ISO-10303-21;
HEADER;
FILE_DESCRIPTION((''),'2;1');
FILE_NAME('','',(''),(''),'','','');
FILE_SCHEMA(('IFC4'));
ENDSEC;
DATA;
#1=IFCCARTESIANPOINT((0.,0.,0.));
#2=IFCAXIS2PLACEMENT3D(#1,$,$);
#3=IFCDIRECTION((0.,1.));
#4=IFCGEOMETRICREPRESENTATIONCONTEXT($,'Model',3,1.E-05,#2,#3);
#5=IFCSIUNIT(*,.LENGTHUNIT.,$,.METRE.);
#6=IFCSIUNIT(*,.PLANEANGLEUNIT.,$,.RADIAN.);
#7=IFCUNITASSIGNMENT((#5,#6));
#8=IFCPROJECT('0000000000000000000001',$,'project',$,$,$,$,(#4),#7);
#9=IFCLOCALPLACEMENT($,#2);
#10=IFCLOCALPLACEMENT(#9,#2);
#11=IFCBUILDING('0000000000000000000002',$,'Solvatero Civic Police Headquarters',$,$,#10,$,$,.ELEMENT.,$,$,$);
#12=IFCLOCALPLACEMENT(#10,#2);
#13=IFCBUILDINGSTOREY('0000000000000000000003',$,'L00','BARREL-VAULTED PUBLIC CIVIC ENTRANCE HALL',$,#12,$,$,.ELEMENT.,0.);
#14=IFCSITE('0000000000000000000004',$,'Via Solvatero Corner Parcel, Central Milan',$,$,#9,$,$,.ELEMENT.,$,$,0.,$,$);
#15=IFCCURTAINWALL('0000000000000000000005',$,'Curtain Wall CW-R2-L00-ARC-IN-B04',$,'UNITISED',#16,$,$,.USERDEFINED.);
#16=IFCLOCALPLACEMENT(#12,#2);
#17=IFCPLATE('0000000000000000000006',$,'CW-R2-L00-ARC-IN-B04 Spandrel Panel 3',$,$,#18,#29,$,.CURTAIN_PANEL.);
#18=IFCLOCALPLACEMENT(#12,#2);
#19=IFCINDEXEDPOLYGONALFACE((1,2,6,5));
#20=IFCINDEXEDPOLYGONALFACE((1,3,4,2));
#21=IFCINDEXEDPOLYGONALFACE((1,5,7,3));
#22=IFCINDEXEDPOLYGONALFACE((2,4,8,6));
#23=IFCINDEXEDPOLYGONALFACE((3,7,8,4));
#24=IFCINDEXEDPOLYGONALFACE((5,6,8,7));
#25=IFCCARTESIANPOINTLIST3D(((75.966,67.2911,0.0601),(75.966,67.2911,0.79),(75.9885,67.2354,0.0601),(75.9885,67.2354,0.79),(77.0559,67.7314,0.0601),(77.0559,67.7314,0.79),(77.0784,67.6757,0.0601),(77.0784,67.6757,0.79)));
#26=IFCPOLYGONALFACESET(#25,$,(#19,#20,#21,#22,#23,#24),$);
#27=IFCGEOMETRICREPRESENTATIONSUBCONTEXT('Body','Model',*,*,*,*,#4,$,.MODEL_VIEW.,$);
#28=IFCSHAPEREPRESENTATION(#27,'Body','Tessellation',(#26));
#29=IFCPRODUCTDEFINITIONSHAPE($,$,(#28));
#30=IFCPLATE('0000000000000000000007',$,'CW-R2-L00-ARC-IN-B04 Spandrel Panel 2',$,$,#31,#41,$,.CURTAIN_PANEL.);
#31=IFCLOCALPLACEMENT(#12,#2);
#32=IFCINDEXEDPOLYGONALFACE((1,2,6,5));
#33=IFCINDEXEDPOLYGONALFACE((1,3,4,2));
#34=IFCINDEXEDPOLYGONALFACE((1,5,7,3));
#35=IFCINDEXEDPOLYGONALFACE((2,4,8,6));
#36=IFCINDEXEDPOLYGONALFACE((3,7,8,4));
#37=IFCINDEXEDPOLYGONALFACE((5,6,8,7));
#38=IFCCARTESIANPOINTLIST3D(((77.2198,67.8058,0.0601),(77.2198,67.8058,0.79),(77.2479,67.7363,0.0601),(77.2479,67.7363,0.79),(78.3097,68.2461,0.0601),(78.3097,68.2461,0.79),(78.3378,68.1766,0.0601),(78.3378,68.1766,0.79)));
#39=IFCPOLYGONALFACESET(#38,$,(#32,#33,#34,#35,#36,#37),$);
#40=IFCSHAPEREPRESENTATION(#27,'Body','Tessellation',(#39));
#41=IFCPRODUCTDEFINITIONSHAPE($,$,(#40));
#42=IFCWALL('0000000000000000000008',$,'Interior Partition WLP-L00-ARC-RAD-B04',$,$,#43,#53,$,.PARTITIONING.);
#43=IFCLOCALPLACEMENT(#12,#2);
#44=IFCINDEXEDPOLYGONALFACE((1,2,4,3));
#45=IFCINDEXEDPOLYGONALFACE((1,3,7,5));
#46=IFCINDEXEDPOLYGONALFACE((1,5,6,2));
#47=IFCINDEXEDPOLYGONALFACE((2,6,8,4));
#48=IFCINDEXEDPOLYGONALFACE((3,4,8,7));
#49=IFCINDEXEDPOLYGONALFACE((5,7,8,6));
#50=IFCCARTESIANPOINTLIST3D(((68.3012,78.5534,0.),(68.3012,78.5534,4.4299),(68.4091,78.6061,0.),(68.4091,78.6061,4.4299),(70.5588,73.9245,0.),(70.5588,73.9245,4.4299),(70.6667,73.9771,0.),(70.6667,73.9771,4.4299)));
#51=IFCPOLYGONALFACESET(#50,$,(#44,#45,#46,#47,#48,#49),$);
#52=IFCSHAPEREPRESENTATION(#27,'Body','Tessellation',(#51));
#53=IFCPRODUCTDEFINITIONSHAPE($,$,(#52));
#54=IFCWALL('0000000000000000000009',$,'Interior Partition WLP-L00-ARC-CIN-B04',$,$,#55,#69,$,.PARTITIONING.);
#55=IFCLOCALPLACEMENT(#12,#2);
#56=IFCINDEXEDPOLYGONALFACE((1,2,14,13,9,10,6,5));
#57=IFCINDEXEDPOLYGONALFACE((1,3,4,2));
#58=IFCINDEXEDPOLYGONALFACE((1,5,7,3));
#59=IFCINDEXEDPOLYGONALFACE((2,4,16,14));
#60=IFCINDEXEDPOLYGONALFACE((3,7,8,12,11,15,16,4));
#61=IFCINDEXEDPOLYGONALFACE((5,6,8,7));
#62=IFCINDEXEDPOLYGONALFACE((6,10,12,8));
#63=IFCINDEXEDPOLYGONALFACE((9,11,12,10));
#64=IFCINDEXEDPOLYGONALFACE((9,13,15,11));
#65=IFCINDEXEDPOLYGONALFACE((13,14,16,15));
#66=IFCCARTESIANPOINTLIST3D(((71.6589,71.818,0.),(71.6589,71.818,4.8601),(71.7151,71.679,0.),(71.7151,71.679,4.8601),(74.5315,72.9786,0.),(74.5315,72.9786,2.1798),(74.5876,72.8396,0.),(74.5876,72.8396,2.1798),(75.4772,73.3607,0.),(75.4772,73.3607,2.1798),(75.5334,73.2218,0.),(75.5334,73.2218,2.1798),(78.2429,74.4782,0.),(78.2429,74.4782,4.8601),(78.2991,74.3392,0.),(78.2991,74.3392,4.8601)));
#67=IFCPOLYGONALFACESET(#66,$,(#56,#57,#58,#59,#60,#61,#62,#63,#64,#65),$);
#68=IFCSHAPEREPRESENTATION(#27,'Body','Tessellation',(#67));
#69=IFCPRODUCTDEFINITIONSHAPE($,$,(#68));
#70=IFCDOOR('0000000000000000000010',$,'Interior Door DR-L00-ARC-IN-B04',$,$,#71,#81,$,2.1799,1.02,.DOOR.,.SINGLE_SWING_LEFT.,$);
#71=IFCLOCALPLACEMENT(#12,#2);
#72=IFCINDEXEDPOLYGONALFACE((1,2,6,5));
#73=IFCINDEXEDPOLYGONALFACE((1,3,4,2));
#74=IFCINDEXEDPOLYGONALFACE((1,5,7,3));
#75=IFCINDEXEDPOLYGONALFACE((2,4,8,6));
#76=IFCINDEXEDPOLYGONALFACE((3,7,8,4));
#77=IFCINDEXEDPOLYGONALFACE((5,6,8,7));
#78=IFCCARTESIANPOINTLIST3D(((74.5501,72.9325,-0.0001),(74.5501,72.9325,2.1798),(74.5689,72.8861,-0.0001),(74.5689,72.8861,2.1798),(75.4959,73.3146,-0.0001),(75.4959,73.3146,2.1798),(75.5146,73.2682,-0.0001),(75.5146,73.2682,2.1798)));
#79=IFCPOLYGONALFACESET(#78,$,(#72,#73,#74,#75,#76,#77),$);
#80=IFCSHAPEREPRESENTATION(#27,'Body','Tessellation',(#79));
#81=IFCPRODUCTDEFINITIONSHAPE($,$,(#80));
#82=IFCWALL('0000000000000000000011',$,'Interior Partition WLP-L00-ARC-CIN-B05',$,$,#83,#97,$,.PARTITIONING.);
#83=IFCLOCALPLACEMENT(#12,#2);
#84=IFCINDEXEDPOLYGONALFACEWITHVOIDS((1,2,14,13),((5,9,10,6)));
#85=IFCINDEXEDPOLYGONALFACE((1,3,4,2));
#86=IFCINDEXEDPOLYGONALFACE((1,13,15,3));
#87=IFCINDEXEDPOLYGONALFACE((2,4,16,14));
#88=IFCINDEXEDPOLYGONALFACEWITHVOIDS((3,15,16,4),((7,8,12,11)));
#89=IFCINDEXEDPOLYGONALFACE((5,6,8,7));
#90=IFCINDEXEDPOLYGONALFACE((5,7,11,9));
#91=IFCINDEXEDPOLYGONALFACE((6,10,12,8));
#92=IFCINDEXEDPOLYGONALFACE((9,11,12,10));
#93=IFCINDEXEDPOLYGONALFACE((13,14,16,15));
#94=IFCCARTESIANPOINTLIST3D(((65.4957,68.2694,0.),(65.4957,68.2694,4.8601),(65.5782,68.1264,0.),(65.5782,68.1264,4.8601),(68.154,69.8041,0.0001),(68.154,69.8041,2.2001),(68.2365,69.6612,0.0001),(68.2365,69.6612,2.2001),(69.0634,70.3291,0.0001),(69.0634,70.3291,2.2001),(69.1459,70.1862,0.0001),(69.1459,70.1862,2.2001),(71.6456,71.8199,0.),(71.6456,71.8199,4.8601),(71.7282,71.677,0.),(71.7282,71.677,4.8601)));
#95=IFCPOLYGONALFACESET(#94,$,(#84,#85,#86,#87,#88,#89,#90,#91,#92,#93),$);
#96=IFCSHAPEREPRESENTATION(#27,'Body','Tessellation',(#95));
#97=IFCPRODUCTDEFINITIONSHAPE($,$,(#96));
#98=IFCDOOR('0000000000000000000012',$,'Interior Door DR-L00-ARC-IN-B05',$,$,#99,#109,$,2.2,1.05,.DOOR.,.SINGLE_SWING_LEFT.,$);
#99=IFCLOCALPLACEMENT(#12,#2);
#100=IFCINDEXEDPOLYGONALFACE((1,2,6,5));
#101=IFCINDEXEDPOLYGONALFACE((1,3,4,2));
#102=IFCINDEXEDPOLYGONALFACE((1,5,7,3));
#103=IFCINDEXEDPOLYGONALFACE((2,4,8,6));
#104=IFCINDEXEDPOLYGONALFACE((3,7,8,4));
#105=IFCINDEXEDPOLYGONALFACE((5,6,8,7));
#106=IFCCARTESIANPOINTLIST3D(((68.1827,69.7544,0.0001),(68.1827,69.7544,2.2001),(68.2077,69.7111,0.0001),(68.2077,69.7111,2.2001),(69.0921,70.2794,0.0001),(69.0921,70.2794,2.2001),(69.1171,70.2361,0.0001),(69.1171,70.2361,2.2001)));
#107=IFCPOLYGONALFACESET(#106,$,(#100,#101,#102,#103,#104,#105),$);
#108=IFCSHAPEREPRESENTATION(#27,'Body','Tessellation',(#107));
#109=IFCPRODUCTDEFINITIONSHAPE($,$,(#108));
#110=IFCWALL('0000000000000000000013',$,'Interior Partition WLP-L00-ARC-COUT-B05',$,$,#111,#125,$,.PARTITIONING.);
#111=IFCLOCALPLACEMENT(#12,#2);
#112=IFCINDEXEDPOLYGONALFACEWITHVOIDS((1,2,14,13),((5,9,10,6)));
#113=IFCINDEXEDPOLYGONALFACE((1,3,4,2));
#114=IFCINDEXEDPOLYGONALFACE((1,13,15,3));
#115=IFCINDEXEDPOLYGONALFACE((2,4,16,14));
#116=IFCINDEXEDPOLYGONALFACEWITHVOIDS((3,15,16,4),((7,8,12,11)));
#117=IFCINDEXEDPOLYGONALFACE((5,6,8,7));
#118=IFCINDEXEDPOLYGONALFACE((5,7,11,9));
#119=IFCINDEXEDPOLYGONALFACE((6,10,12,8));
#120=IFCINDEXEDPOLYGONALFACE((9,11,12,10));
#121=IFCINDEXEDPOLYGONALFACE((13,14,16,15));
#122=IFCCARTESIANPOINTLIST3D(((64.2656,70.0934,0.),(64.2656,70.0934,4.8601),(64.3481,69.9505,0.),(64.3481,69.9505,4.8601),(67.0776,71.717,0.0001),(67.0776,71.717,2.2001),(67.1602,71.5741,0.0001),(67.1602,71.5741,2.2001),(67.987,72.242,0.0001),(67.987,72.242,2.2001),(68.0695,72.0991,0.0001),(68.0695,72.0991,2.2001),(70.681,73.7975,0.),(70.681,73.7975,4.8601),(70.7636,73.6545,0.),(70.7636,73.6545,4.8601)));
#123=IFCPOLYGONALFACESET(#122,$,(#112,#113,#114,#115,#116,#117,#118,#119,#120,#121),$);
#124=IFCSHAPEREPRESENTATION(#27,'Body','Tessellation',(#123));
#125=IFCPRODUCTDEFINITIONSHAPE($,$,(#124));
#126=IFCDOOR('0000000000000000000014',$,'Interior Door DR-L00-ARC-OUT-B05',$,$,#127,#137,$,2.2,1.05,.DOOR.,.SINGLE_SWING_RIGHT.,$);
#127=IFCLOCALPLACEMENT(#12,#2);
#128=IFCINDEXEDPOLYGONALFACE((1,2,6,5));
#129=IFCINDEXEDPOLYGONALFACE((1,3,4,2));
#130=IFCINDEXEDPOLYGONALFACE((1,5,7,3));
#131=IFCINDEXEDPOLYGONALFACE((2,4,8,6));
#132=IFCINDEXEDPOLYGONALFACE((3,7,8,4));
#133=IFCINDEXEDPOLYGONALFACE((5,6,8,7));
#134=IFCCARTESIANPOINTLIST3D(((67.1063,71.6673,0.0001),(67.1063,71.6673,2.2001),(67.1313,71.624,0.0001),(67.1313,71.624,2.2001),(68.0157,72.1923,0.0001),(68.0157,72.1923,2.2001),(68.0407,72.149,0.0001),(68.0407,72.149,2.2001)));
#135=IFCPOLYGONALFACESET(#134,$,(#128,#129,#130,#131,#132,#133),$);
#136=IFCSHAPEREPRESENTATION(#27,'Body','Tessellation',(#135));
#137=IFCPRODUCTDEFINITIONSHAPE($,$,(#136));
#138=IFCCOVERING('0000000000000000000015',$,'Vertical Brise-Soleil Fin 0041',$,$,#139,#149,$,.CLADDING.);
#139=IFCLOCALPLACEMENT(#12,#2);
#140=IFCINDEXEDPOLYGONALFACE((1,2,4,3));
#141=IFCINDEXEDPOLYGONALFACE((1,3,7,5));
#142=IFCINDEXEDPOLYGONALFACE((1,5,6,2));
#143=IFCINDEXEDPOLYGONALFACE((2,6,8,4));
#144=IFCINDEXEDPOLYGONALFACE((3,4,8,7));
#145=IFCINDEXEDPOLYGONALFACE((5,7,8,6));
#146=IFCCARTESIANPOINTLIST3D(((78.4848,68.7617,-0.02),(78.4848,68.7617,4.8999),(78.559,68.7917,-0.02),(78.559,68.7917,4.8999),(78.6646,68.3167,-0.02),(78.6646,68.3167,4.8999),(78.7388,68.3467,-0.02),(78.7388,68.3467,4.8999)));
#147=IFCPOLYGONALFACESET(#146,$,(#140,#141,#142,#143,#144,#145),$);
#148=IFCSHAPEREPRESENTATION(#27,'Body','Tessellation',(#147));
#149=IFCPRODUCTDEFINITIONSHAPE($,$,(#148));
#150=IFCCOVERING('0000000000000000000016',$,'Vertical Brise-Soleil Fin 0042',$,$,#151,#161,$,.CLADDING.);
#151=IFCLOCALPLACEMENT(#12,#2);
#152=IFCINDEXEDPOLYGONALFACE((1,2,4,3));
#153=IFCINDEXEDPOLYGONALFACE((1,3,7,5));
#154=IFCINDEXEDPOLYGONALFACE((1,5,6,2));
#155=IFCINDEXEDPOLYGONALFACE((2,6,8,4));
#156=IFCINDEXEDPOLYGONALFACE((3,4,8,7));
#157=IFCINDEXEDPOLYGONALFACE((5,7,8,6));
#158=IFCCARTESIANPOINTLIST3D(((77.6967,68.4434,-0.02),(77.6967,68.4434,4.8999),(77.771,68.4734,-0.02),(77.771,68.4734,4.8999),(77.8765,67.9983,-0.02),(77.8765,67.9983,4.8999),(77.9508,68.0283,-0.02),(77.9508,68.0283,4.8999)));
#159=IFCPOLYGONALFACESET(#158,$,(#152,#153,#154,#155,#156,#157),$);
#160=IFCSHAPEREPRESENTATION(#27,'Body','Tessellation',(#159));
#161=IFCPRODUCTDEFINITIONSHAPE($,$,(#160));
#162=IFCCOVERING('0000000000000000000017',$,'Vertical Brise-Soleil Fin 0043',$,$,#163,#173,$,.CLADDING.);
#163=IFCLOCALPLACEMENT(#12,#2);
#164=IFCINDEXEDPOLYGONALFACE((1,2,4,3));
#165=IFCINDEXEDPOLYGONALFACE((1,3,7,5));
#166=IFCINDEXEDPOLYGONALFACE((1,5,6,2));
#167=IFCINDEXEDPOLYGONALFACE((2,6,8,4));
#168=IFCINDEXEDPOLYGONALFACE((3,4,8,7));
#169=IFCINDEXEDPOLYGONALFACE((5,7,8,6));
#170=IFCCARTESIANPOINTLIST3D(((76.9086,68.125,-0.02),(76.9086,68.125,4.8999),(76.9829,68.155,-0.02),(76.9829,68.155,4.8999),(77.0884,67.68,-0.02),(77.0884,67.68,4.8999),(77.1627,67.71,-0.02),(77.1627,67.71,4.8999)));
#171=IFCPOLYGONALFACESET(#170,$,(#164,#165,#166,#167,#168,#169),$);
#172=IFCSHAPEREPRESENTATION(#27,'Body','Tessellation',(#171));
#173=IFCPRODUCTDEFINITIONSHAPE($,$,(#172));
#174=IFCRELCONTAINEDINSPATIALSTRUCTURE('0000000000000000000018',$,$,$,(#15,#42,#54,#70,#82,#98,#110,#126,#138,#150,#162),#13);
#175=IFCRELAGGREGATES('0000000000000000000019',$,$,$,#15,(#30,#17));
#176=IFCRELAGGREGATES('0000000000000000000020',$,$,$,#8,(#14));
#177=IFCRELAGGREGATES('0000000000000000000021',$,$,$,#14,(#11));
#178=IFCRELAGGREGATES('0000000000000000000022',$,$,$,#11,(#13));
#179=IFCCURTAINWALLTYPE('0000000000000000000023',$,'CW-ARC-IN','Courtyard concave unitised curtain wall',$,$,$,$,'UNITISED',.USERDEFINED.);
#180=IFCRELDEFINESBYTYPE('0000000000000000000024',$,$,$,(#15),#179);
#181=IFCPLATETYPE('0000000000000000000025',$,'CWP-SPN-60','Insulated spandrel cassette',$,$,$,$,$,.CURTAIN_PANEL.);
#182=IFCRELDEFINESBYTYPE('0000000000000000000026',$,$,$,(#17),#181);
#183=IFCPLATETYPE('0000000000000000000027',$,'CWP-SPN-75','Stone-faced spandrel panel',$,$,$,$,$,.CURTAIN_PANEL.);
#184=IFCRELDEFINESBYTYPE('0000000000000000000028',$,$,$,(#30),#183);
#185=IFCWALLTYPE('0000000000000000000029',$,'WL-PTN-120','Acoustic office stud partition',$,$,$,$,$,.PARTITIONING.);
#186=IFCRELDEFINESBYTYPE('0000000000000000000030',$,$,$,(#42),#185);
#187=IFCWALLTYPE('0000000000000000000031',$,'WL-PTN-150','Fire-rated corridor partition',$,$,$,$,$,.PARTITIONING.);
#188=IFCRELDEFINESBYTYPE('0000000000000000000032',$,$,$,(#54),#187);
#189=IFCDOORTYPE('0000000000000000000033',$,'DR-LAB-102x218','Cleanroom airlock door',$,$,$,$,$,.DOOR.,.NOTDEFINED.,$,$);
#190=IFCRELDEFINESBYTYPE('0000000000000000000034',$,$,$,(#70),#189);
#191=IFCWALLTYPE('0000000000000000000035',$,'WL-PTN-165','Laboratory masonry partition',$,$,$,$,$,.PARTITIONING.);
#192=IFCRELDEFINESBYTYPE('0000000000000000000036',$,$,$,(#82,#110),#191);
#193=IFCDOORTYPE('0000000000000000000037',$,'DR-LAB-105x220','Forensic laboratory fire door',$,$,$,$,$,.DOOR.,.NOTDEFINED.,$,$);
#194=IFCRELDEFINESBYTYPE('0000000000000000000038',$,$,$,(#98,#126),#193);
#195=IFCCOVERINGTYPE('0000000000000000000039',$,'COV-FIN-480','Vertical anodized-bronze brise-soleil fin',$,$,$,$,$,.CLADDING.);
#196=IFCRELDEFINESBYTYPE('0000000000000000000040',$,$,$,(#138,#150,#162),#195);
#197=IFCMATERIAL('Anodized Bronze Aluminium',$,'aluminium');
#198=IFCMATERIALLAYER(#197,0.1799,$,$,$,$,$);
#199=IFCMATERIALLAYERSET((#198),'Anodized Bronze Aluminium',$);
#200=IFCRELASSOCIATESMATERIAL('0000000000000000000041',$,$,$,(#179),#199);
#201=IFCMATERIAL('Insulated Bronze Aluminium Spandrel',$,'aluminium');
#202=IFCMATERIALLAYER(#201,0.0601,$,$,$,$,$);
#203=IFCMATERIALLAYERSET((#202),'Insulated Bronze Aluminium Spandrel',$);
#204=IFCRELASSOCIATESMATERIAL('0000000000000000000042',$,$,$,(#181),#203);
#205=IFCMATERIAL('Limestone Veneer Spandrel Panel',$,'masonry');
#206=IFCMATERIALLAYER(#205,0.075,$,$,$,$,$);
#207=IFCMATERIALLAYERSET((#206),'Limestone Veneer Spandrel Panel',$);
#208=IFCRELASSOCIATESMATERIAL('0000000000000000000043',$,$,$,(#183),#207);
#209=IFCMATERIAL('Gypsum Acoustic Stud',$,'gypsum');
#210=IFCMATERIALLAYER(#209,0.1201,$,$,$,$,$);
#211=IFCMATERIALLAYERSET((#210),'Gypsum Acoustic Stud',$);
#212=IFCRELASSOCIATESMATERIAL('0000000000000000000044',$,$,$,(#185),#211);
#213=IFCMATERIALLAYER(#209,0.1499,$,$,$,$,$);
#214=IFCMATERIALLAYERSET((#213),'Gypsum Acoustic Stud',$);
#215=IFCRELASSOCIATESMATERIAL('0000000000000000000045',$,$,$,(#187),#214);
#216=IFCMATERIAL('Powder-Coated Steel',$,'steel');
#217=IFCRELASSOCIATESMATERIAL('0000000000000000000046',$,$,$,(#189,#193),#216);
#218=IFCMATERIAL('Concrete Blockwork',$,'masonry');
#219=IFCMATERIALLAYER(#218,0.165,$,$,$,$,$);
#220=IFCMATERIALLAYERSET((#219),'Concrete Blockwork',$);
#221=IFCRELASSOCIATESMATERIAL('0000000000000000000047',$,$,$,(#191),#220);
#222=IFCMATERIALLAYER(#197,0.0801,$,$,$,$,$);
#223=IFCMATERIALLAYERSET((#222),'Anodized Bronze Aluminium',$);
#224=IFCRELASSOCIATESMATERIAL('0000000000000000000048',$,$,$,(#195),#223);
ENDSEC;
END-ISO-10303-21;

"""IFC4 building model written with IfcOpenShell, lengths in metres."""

from ifc_helpers import new_model, si_unit, direction, frame, frame_2d, origin, origin_2d, place, context, subcontext, project, spatial, rectangle, extrude, material, layer, layer_set, type_object, element, fill, aggregate, save


model = new_model("IFC4")

# Units and contexts
model_context = context("Model", 3, precision=1e-05, world=origin(), true_north=direction((0.0, 1.0)))
body_context = subcontext(model_context, "Body", "Model", "MODEL_VIEW")
ifc_project = project(units=[si_unit("LENGTHUNIT", "METRE"), si_unit("PLANEANGLEUNIT", "RADIAN")], contexts=[model_context])

# Site, building, storey
site_placement = place(None, origin())
site = spatial("IfcSite", under=ifc_project, at=site_placement, Name="Via Solvatero Corner Parcel, Central Milan", CompositionType="ELEMENT", RefElevation=0.0)
building_placement = place(site_placement, origin())
building = spatial("IfcBuilding", under=site, at=building_placement, Name="Solvatero Civic Police Headquarters", CompositionType="ELEMENT")
storey_placement = place(building_placement, origin())
storey = spatial("IfcBuildingStorey", under=building, at=storey_placement, Name="L00", Description="BARREL-VAULTED PUBLIC CIVIC ENTRANCE HALL", CompositionType="ELEMENT", Elevation=0.0)

# Curtain wall, plates
ifc_material_1 = material(Name="Anodized Bronze Aluminium", Category="aluminium")
ifc_layer_1 = layer(ifc_material_1, 0.1799)
ifc_layer_set_1 = layer_set([ifc_layer_1], Name="Anodized Bronze Aluminium")
curtain_wall_type = type_object("IfcCurtainWallType", Name="CW-ARC-IN", Description="Courtyard concave unitised curtain wall", ElementType="UNITISED", PredefinedType="USERDEFINED", material=ifc_layer_set_1)
curtain_wall_placement = place(storey_placement, origin())
curtain_wall = element("IfcCurtainWall", 1, at=curtain_wall_placement, inside=storey, type_object=curtain_wall_type, Name="Curtain Wall CW-R2-L00-ARC-IN-B04", ObjectType="UNITISED", PredefinedType="USERDEFINED")
ifc_material_2 = material(Name="Insulated Bronze Aluminium Spandrel", Category="aluminium")
ifc_layer_2 = layer(ifc_material_2, 0.0601)
ifc_layer_set_2 = layer_set([ifc_layer_2], Name="Insulated Bronze Aluminium Spandrel")
plate_type_1 = type_object("IfcPlateType", Name="CWP-SPN-60", Description="Insulated spandrel cassette", PredefinedType="CURTAIN_PANEL", material=ifc_layer_set_2)
plate_1_placement = place(storey_placement, frame((76.5222, 67.4834, 0.0601), z_axis=(0.0, 0.0, 1.0), x_axis=(-0.927184, -0.374607, 0.0)))
plate_1 = element("IfcPlate", 2, at=plate_1_placement, type_object=plate_type_1, Name="CW-R2-L00-ARC-IN-B04 Spandrel Panel 3", PredefinedType="CURTAIN_PANEL", context=body_context, shape_type="SweptSolid", body=[
    extrude(rectangle(XDim=1.1755, YDim=0.0601, at=origin_2d()), origin(), (0.0, 0.0, 1.0), 0.73),
])
ifc_material_3 = material(Name="Limestone Veneer Spandrel Panel", Category="masonry")
ifc_layer_3 = layer(ifc_material_3, 0.075)
ifc_layer_set_3 = layer_set([ifc_layer_3], Name="Limestone Veneer Spandrel Panel")
plate_type_2 = type_object("IfcPlateType", Name="CWP-SPN-75", Description="Stone-faced spandrel panel", PredefinedType="CURTAIN_PANEL", material=ifc_layer_set_3)
plate_2_placement = place(storey_placement, frame((77.7788, 67.9912, 0.0601), z_axis=(0.0, 0.0, 1.0), x_axis=(-0.927184, -0.374607, 0.0)))
plate_2 = element("IfcPlate", 3, at=plate_2_placement, type_object=plate_type_2, Name="CW-R2-L00-ARC-IN-B04 Spandrel Panel 2", PredefinedType="CURTAIN_PANEL", context=body_context, shape_type="SweptSolid", body=[
    extrude(rectangle(XDim=1.1755, YDim=0.075, at=origin_2d()), origin(), (0.0, 0.0, 1.0), 0.73),
])
aggregate(curtain_wall, [plate_2, plate_1])

# Wall
ifc_material_4 = material(Name="Gypsum Acoustic Stud", Category="gypsum")
ifc_layer_4 = layer(ifc_material_4, 0.1201)
ifc_layer_set_4 = layer_set([ifc_layer_4], Name="Gypsum Acoustic Stud")
wall_type_1 = type_object("IfcWallType", Name="WL-PTN-120", Description="Acoustic office stud partition", PredefinedType="PARTITIONING", material=ifc_layer_set_4)
wall_1_placement = place(storey_placement, frame((70.6128, 73.9507, 0.0), z_axis=(0.0, 0.0, 1.0), x_axis=(-0.438355, 0.898802, 0.0)))
element("IfcWall", 4, at=wall_1_placement, inside=storey, type_object=wall_type_1, Name="Interior Partition WLP-L00-ARC-RAD-B04", PredefinedType="PARTITIONING", context=body_context, shape_type="SweptSolid", body=[
    extrude(rectangle(XDim=5.1501, YDim=0.1201, at=frame_2d((2.5752, 0.0))), origin(), (0.0, 0.0, 1.0), 4.4299),
])

# Walls, openings, doors
ifc_layer_5 = layer(ifc_material_4, 0.1499)
ifc_layer_set_5 = layer_set([ifc_layer_5], Name="Gypsum Acoustic Stud")
wall_type_2 = type_object("IfcWallType", Name="WL-PTN-150", Description="Fire-rated corridor partition", PredefinedType="PARTITIONING", material=ifc_layer_set_5)
wall_2_placement = place(storey_placement, frame((78.271, 74.4087, 0.0), z_axis=(0.0, 0.0, 1.0), x_axis=(-0.927181, -0.374613, 0.0)))
wall_2 = element("IfcWall", 5, at=wall_2_placement, inside=storey, type_object=wall_type_2, Name="Interior Partition WLP-L00-ARC-CIN-B04", PredefinedType="PARTITIONING", context=body_context, shape_type="SweptSolid", body=[
    extrude(rectangle(XDim=7.1011, YDim=0.1499, at=frame_2d((3.5505, 0.0))), origin(), (0.0, 0.0, 1.0), 4.8601),
])
opening_1_placement = place(wall_2_placement, frame((2.9829, 0.0, 0.0)))
opening_1 = element("IfcOpeningElement", 6, at=opening_1_placement, cuts=wall_2, PredefinedType="OPENING", context=body_context, shape_type="SweptSolid", body=[
    extrude(rectangle(XDim=1.02, YDim=2.1799, at=frame_2d((0.51, 1.0898))), frame((0.0, 0.085, 0.0), z_axis=(0.0, -1.0, 0.0), x_axis=(1.0, 0.0, 0.0)), (0.0, 0.0, 1.0), 0.1699),
])
ifc_material_5 = material(Name="Powder-Coated Steel", Category="steel")
door_type_1 = type_object("IfcDoorType", Name="DR-LAB-102x218", Description="Cleanroom airlock door", OperationType="NOTDEFINED", PredefinedType="DOOR", material=ifc_material_5)
door_1_placement = place(opening_1_placement, origin())
door_1 = element("IfcDoor", 7, at=door_1_placement, inside=storey, type_object=door_type_1, Name="Interior Door DR-L00-ARC-IN-B04", OperationType="SINGLE_SWING_LEFT", OverallHeight=2.1799, OverallWidth=1.02, PredefinedType="DOOR", context=body_context, shape_type="SweptSolid", body=[
    extrude(rectangle(XDim=1.02, YDim=2.1799, at=frame_2d((0.51, 1.0898))), frame((0.0, 0.0249, 0.0), z_axis=(0.0, -1.0, 0.0), x_axis=(1.0, 0.0, 0.0)), (0.0, 0.0, 1.0), 0.05),
])
fill(opening_1, door_1)
ifc_material_6 = material(Name="Concrete Blockwork", Category="masonry")
ifc_layer_6 = layer(ifc_material_6, 0.165)
ifc_layer_set_6 = layer_set([ifc_layer_6], Name="Concrete Blockwork")
wall_type_3 = type_object("IfcWallType", Name="WL-PTN-165", Description="Laboratory masonry partition", PredefinedType="PARTITIONING", material=ifc_layer_set_6)
wall_3_placement = place(storey_placement, frame((71.687, 71.7485, 0.0), z_axis=(0.0, 0.0, 1.0), x_axis=(-0.866032, -0.499988, 0.0)))
wall_3 = element("IfcWall", 8, at=wall_3_placement, inside=storey, type_object=wall_type_3, Name="Interior Partition WLP-L00-ARC-CIN-B05", PredefinedType="PARTITIONING", context=body_context, shape_type="SweptSolid", body=[
    extrude(rectangle(XDim=7.1013, YDim=0.165, at=frame_2d((3.5508, 0.0))), origin(), (0.0, 0.0, 1.0), 4.8601),
])
opening_2_placement = place(wall_3_placement, frame((2.9819, 0.0, 0.0)))
opening_2 = element("IfcOpeningElement", 9, at=opening_2_placement, cuts=wall_3, PredefinedType="OPENING", context=body_context, shape_type="SweptSolid", body=[
    extrude(rectangle(XDim=1.05, YDim=2.2, at=frame_2d((0.5249, 1.1001))), frame((0.0, 0.0925, 0.0), z_axis=(0.0, -1.0, 0.0), x_axis=(1.0, 0.0, 0.0)), (0.0, 0.0, 1.0), 0.1851),
])
door_type_2 = type_object("IfcDoorType", Name="DR-LAB-105x220", Description="Forensic laboratory fire door", OperationType="NOTDEFINED", PredefinedType="DOOR", material=ifc_material_5)
door_2_placement = place(opening_2_placement, origin())
door_2 = element("IfcDoor", 10, at=door_2_placement, inside=storey, type_object=door_type_2, Name="Interior Door DR-L00-ARC-IN-B05", OperationType="SINGLE_SWING_LEFT", OverallHeight=2.2, OverallWidth=1.05, PredefinedType="DOOR", context=body_context, shape_type="SweptSolid", body=[
    extrude(rectangle(XDim=1.05, YDim=2.2, at=frame_2d((0.5249, 1.1001))), frame((0.0, 0.0249, 0.0), z_axis=(0.0, -1.0, 0.0), x_axis=(1.0, 0.0, 0.0)), (0.0, 0.0, 1.0), 0.05),
])
fill(opening_2, door_2)
wall_4_placement = place(storey_placement, frame((70.7224, 73.7261, 0.0), z_axis=(0.0, 0.0, 1.0), x_axis=(-0.86602, -0.50001, 0.0)))
wall_4 = element("IfcWall", 11, at=wall_4_placement, inside=storey, type_object=wall_type_3, Name="Interior Partition WLP-L00-ARC-COUT-B05", PredefinedType="PARTITIONING", context=body_context, shape_type="SweptSolid", body=[
    extrude(rectangle(XDim=7.408, YDim=0.165, at=frame_2d((3.7041, 0.0))), origin(), (0.0, 0.0, 1.0), 4.8601),
])
opening_3_placement = place(wall_4_placement, frame((3.1111, 0.0, 0.0)))
opening_3 = element("IfcOpeningElement", 12, at=opening_3_placement, cuts=wall_4, PredefinedType="OPENING", context=body_context, shape_type="SweptSolid", body=[
    extrude(rectangle(XDim=1.05, YDim=2.2, at=frame_2d((0.5249, 1.1001))), frame((0.0, 0.0925, 0.0), z_axis=(0.0, -1.0, 0.0), x_axis=(1.0, 0.0, 0.0)), (0.0, 0.0, 1.0), 0.1851),
])
door_3_placement = place(opening_3_placement, origin())
door_3 = element("IfcDoor", 13, at=door_3_placement, inside=storey, type_object=door_type_2, Name="Interior Door DR-L00-ARC-OUT-B05", OperationType="SINGLE_SWING_RIGHT", OverallHeight=2.2, OverallWidth=1.05, PredefinedType="DOOR", context=body_context, shape_type="SweptSolid", body=[
    extrude(rectangle(XDim=1.05, YDim=2.2, at=frame_2d((0.5249, 1.1001))), frame((0.0, 0.0249, 0.0), z_axis=(0.0, -1.0, 0.0), x_axis=(1.0, 0.0, 0.0)), (0.0, 0.0, 1.0), 0.05),
])
fill(opening_3, door_3)

# Coverings
ifc_layer_7 = layer(ifc_material_1, 0.0801)
ifc_layer_set_7 = layer_set([ifc_layer_7], Name="Anodized Bronze Aluminium")
covering_type = type_object("IfcCoveringType", Name="COV-FIN-480", Description="Vertical anodized-bronze brise-soleil fin", PredefinedType="CLADDING", material=ifc_layer_set_7)
for number, where, z_axis, x_axis, name in (
    (14, (78.6118, 68.5542, -0.02), (0.0, 0.0, 1.0), (-0.927184, -0.374607, 0.0), "Vertical Brise-Soleil Fin 0041"),
    (15, (77.8237, 68.2358, -0.02), (0.0, 0.0, 1.0), (-0.927184, -0.374607, 0.0), "Vertical Brise-Soleil Fin 0042"),
    (16, (77.0356, 67.9175, -0.02), (0.0, 0.0, 1.0), (-0.927184, -0.374607, 0.0), "Vertical Brise-Soleil Fin 0043"),
):
    element("IfcCovering", number, at=place(storey_placement, frame(where, z_axis=z_axis, x_axis=x_axis)), inside=storey, type_object=covering_type, Name=name, PredefinedType="CLADDING", context=body_context, shape_type="SweptSolid", body=[
        extrude(rectangle(XDim=0.0801, YDim=0.48, at=origin_2d()), origin(), (0.0, 0.0, 1.0), 4.9199),
    ])

save(model, "model.ifc")
